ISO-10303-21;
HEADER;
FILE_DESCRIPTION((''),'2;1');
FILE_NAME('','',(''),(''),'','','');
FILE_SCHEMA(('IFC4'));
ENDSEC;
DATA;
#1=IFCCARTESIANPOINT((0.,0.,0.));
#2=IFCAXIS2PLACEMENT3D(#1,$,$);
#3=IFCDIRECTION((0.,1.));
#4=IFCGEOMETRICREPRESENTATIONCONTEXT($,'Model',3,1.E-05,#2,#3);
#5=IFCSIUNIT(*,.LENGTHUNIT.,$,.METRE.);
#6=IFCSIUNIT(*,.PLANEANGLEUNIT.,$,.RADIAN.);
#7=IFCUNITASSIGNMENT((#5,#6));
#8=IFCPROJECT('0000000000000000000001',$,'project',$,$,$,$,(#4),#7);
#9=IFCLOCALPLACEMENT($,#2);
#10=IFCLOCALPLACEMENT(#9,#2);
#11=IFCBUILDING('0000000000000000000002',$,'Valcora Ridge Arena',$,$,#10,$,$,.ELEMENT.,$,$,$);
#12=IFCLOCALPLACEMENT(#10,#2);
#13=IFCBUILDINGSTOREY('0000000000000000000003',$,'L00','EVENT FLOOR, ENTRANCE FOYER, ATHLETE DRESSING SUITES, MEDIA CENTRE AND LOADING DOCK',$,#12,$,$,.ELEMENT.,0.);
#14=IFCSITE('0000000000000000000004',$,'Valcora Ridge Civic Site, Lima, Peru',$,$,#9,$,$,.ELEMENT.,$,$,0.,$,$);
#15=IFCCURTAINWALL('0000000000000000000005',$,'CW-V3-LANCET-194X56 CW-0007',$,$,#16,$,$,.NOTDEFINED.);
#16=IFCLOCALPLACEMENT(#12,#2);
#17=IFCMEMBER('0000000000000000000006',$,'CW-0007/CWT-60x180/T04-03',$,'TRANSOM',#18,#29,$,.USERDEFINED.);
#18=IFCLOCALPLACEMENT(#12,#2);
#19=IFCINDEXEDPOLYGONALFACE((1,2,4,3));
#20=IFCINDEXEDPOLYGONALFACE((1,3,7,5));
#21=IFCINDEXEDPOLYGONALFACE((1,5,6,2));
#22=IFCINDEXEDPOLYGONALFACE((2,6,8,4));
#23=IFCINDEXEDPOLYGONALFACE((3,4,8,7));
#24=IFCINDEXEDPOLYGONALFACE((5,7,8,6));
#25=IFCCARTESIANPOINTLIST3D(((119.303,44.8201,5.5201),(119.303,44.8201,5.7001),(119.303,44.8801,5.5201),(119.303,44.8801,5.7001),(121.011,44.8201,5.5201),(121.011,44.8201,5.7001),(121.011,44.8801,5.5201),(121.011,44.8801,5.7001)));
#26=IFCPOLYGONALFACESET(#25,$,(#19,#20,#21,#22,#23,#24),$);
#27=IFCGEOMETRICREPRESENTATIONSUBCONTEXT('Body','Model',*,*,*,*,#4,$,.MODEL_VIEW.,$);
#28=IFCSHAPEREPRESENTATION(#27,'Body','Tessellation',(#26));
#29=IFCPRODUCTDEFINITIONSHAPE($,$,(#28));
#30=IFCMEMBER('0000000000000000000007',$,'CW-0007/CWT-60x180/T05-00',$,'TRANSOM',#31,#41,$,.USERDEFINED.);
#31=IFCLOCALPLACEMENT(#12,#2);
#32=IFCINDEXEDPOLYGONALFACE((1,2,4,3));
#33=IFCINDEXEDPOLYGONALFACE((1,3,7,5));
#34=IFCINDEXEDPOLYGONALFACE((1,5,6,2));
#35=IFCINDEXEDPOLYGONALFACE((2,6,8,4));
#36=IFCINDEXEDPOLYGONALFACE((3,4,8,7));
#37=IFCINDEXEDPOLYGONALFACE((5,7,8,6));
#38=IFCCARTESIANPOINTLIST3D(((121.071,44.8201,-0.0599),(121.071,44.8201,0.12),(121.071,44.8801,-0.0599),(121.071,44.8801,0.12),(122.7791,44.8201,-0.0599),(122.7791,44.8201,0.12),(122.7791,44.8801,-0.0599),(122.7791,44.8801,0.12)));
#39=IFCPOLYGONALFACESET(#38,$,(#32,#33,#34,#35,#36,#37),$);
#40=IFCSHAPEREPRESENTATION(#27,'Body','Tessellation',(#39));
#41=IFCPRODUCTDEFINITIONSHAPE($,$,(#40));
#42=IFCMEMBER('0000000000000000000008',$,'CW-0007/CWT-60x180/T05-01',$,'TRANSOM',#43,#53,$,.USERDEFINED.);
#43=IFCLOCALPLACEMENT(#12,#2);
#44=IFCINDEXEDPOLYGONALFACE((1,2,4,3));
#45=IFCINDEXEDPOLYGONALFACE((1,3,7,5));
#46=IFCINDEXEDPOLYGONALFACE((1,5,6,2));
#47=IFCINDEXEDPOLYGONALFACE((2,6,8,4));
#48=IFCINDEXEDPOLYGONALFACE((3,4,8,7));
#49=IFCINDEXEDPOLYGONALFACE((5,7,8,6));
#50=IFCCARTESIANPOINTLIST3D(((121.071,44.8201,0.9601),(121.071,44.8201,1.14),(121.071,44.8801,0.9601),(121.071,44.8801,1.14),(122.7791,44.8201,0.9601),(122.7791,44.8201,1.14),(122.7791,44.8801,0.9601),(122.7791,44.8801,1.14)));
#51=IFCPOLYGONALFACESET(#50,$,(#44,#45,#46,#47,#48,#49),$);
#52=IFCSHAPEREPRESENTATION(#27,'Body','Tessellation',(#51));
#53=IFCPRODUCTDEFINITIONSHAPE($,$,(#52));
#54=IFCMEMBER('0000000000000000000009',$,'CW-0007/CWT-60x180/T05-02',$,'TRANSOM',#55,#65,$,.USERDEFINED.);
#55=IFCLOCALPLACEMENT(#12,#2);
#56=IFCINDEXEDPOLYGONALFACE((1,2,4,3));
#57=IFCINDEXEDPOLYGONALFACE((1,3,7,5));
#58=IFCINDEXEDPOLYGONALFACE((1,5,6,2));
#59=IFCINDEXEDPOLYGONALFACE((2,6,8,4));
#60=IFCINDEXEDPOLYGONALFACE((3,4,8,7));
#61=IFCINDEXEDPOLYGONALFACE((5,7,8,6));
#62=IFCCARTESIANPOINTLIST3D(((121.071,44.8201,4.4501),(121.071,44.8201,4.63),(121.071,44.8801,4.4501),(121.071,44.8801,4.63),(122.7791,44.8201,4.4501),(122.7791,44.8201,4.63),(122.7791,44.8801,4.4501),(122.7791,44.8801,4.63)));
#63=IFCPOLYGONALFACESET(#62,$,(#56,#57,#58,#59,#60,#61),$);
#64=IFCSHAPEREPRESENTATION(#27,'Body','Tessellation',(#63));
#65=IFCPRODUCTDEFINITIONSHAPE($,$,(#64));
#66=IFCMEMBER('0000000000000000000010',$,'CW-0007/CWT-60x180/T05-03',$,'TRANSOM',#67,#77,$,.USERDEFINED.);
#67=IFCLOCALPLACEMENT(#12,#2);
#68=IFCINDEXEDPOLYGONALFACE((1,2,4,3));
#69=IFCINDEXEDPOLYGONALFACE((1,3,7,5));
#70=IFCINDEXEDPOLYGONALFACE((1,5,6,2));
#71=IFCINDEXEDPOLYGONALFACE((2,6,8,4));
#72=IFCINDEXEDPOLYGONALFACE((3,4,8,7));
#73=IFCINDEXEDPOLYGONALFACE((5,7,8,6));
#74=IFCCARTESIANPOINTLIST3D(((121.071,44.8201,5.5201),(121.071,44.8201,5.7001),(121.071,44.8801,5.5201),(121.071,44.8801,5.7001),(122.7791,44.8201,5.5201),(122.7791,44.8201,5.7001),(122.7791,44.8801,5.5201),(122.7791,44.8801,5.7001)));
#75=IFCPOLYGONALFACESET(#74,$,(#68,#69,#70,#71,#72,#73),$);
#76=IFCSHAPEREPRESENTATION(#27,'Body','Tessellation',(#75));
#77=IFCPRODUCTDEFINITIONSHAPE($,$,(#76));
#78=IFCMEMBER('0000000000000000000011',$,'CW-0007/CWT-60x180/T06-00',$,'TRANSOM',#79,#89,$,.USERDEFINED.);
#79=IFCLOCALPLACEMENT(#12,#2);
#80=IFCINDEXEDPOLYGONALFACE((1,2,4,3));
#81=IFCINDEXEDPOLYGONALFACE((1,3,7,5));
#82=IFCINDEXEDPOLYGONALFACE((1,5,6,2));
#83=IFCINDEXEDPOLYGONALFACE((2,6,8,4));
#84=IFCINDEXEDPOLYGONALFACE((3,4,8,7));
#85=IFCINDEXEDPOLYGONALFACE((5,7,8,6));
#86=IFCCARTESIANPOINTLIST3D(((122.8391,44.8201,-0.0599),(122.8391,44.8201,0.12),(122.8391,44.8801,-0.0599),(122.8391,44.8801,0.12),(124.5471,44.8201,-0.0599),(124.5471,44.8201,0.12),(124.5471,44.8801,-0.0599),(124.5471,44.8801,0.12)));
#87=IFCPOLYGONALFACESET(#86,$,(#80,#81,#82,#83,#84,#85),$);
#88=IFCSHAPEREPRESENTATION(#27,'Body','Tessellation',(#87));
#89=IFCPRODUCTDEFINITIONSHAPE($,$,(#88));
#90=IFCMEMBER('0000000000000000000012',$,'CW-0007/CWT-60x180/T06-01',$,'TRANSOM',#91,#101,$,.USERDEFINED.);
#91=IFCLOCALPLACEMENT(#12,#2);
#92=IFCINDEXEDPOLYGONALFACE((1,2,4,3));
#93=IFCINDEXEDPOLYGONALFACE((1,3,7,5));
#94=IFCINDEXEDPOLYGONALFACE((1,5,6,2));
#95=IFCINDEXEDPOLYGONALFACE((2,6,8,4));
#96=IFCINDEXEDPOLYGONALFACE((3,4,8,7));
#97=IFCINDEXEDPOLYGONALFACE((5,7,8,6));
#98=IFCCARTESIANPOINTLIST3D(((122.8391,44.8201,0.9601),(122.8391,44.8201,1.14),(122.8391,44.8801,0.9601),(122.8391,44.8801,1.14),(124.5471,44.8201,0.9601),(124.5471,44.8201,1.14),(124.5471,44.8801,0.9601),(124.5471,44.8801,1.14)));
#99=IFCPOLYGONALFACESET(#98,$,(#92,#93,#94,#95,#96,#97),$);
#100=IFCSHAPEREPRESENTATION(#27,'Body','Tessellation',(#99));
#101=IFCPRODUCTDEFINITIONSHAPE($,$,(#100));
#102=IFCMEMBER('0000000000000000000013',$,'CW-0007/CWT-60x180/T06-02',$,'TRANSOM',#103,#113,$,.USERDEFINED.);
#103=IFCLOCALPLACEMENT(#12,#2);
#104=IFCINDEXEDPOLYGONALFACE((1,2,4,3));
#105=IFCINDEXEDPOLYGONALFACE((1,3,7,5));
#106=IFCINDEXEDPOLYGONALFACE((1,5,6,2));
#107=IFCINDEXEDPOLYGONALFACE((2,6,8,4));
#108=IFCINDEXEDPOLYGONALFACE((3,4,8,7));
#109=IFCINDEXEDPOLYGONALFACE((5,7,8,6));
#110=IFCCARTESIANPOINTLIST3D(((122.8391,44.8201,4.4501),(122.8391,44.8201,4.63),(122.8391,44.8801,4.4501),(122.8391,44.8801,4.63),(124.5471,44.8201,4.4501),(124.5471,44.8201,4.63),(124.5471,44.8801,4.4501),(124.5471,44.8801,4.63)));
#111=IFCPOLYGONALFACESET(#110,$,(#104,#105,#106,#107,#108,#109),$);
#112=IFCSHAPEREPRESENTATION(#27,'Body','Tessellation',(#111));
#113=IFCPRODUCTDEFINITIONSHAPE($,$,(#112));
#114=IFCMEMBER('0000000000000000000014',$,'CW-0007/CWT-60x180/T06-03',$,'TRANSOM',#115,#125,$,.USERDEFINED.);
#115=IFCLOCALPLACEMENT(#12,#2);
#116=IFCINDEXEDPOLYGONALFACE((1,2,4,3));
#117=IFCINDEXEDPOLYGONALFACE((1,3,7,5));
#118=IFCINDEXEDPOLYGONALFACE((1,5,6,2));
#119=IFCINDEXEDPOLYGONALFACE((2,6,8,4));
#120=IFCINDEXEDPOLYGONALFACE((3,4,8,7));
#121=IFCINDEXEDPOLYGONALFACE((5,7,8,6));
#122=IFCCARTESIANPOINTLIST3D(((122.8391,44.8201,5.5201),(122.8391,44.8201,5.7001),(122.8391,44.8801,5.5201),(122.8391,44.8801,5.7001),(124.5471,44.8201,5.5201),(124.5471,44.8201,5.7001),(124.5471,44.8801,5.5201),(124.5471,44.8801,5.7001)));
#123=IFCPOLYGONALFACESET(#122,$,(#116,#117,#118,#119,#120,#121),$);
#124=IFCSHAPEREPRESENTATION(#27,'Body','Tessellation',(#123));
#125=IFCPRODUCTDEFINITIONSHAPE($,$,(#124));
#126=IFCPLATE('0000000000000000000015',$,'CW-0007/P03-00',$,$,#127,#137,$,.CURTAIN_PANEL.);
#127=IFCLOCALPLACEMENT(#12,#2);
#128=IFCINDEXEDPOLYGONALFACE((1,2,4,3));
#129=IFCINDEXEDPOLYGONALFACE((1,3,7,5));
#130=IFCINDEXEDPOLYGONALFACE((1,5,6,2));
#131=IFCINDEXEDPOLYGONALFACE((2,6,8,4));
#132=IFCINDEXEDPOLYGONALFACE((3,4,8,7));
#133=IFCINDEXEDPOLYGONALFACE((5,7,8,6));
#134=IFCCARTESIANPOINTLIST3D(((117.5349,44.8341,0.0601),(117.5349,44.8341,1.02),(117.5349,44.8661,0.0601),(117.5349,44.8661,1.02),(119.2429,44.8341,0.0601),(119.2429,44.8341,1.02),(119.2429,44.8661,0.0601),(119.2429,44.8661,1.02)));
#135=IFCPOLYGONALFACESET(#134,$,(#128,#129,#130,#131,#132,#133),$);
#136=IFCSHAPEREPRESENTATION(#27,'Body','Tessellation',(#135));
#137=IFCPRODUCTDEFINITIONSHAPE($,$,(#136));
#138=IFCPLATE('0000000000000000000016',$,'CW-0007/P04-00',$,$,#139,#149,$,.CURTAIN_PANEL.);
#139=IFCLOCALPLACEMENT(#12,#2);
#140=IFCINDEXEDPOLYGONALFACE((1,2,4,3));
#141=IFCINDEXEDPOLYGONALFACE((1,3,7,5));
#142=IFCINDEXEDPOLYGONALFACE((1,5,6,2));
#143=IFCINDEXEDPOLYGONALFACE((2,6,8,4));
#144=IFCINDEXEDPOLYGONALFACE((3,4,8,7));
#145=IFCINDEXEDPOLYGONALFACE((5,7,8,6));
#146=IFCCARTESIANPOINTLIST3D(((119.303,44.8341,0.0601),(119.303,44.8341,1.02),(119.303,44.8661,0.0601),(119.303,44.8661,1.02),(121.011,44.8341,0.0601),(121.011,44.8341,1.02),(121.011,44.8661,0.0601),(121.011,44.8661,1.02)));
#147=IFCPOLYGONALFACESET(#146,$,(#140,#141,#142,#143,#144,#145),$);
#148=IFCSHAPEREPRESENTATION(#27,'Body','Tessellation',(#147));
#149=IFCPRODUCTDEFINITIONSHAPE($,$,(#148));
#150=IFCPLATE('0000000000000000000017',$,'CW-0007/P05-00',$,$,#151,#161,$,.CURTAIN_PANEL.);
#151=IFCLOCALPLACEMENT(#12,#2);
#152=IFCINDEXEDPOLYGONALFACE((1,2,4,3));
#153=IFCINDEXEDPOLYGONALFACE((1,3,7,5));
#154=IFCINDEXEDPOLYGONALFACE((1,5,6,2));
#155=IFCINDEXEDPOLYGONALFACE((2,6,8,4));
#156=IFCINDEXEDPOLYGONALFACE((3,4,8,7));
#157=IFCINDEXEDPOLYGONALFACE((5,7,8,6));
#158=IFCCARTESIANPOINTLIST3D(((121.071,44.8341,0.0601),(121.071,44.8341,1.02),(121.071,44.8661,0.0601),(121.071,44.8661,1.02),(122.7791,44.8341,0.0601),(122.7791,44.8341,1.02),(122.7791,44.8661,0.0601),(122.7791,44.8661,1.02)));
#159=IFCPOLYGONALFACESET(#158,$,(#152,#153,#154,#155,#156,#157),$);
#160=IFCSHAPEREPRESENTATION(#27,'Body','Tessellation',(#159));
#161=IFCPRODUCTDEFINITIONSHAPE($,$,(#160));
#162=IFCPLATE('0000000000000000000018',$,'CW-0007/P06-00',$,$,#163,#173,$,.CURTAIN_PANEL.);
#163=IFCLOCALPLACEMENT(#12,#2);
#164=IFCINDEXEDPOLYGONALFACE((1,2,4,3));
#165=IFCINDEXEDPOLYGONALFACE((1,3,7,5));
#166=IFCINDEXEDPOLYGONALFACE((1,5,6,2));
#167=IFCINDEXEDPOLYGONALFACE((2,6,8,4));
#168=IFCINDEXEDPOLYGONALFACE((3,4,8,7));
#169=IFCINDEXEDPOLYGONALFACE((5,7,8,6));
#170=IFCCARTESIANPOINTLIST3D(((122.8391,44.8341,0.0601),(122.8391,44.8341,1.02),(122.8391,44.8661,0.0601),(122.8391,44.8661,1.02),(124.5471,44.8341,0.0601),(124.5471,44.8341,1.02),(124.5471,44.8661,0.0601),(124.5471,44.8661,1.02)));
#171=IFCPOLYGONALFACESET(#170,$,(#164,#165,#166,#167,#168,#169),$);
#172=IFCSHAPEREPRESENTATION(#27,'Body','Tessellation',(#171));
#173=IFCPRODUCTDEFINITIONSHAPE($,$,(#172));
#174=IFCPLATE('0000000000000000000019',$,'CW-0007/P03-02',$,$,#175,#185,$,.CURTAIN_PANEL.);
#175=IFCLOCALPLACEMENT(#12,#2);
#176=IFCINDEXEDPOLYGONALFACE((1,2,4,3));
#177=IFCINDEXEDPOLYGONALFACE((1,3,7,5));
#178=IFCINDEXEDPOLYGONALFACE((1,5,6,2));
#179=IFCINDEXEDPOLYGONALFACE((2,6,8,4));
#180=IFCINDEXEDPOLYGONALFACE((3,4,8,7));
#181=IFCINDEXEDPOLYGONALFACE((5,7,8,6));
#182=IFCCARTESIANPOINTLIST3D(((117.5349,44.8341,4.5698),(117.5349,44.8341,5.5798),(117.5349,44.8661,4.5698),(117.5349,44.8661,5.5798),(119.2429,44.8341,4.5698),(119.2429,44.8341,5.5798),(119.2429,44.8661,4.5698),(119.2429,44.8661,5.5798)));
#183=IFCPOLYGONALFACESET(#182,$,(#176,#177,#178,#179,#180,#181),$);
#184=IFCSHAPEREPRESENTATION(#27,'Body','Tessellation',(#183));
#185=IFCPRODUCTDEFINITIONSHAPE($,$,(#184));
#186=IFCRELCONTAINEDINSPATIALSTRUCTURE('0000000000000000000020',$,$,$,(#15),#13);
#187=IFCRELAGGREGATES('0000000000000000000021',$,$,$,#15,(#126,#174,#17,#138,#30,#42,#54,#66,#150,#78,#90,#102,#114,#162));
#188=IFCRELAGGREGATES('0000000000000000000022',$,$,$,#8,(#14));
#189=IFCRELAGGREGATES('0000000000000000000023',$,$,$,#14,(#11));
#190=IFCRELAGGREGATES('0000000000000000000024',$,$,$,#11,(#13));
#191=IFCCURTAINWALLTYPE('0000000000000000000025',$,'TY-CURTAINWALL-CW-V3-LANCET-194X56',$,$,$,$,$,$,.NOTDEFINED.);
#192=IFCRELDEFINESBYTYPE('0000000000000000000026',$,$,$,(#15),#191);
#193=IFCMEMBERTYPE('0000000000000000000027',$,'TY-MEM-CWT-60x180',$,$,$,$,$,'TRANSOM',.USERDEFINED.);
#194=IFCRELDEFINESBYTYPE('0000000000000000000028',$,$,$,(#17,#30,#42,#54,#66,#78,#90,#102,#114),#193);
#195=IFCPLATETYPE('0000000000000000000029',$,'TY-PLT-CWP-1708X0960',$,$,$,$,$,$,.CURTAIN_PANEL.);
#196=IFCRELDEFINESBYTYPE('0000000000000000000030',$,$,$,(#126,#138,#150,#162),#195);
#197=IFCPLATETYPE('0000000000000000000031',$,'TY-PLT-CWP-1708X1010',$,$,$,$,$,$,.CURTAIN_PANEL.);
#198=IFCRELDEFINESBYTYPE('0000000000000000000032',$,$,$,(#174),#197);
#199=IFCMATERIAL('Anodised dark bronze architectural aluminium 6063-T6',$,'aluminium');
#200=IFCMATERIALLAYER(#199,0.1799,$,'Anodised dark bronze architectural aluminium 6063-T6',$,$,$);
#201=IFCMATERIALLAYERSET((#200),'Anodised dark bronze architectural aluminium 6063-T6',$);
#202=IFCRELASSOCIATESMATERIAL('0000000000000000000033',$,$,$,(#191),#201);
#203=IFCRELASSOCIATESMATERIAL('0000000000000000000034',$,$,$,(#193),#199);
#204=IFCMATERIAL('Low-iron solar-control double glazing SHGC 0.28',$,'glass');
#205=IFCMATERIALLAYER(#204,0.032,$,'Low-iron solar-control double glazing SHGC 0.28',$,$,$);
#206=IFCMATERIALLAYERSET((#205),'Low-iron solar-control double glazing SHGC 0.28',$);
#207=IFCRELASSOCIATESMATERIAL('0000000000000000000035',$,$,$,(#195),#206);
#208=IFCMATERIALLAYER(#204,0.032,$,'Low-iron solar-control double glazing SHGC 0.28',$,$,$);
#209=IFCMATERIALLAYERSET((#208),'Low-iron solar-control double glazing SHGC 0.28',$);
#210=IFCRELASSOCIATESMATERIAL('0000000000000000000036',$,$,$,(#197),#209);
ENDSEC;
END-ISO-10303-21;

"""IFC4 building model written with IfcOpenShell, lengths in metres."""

from ifc_helpers import new_model, si_unit, direction, frame, origin, origin_2d, place, context, subcontext, project, spatial, rectangle, extrude, material, layer, layer_set, material_profile, profile_set, type_object, element, aggregate, save


model = new_model("IFC4")

# Units and contexts
model_context = context("Model", 3, precision=1e-05, world=origin(), true_north=direction((0.0, 1.0)))
body_context = subcontext(model_context, "Body", "Model", "MODEL_VIEW")
ifc_project = project(units=[si_unit("LENGTHUNIT", "METRE"), si_unit("PLANEANGLEUNIT", "RADIAN")], contexts=[model_context])

# Site, building, storey
site_placement = place(None, origin())
site = spatial("IfcSite", under=ifc_project, at=site_placement, Name="Valcora Ridge Civic Site, Lima, Peru", CompositionType="ELEMENT", RefElevation=0.0)
building_placement = place(site_placement, origin())
building = spatial("IfcBuilding", under=site, at=building_placement, Name="Valcora Ridge Arena", CompositionType="ELEMENT")
storey_placement = place(building_placement, origin())
storey = spatial("IfcBuildingStorey", under=building, at=storey_placement, Name="L00", Description="EVENT FLOOR, ENTRANCE FOYER, ATHLETE DRESSING SUITES, MEDIA CENTRE AND LOADING DOCK", CompositionType="ELEMENT", Elevation=0.0)

# Curtain wall, members, plates
ifc_material_1 = material(Name="Anodised dark bronze architectural aluminium 6063-T6", Category="aluminium")
ifc_layer_1 = layer(ifc_material_1, 0.1799, Name="Anodised dark bronze architectural aluminium 6063-T6")
ifc_layer_set_1 = layer_set([ifc_layer_1], Name="Anodised dark bronze architectural aluminium 6063-T6")
curtain_wall_type = type_object("IfcCurtainWallType", Name="TY-CURTAINWALL-CW-V3-LANCET-194X56", PredefinedType="NOTDEFINED", material=ifc_layer_set_1)
curtain_wall_placement = place(storey_placement, origin())
curtain_wall = element("IfcCurtainWall", 1, at=curtain_wall_placement, inside=storey, type_object=curtain_wall_type, Name="CW-V3-LANCET-194X56 CW-0007", PredefinedType="NOTDEFINED")
ifc_material_profile_1 = material_profile(ifc_material_1, rectangle(XDim=0.0601, YDim=0.1799, at=origin_2d()), Name="ALU TRANSOM 60x180")
ifc_profile_set_1 = profile_set([ifc_material_profile_1], Name="Anodised dark bronze architectural aluminium 6063-T6")
member_type_1 = type_object("IfcMemberType", Name="TY-MEM-CWT-60x180", ElementType="TRANSOM", PredefinedType="USERDEFINED", material=ifc_profile_set_1)
member_1_placement = place(storey_placement, frame((119.303, 44.8501, 5.6101), z_axis=(1.0, 0.0, 0.0), x_axis=(0.0, 1.0, 0.0)))
member_1 = element("IfcMember", 2, at=member_1_placement, type_object=member_type_1, Name="CW-0007/CWT-60x180/T04-03", ObjectType="TRANSOM", PredefinedType="USERDEFINED", context=body_context, shape_type="SweptSolid", body=[
    extrude(rectangle(XDim=0.0601, YDim=0.1799, at=origin_2d()), origin(), (0.0, 0.0, 1.0), 1.708),
])
member_2_placement = place(storey_placement, frame((121.071, 44.8501, 0.03), z_axis=(1.0, 0.0, 0.0), x_axis=(0.0, 1.0, 0.0)))
member_2 = element("IfcMember", 3, at=member_2_placement, type_object=member_type_1, Name="CW-0007/CWT-60x180/T05-00", ObjectType="TRANSOM", PredefinedType="USERDEFINED", context=body_context, shape_type="SweptSolid", body=[
    extrude(rectangle(XDim=0.0601, YDim=0.1799, at=origin_2d()), origin(), (0.0, 0.0, 1.0), 1.708),
])
member_3_placement = place(storey_placement, frame((121.071, 44.8501, 1.05), z_axis=(1.0, 0.0, 0.0), x_axis=(0.0, 1.0, 0.0)))
member_3 = element("IfcMember", 4, at=member_3_placement, type_object=member_type_1, Name="CW-0007/CWT-60x180/T05-01", ObjectType="TRANSOM", PredefinedType="USERDEFINED", context=body_context, shape_type="SweptSolid", body=[
    extrude(rectangle(XDim=0.0601, YDim=0.1799, at=origin_2d()), origin(), (0.0, 0.0, 1.0), 1.708),
])
member_4_placement = place(storey_placement, frame((121.071, 44.8501, 4.54), z_axis=(1.0, 0.0, 0.0), x_axis=(0.0, 1.0, 0.0)))
member_4 = element("IfcMember", 5, at=member_4_placement, type_object=member_type_1, Name="CW-0007/CWT-60x180/T05-02", ObjectType="TRANSOM", PredefinedType="USERDEFINED", context=body_context, shape_type="SweptSolid", body=[
    extrude(rectangle(XDim=0.0601, YDim=0.1799, at=origin_2d()), origin(), (0.0, 0.0, 1.0), 1.708),
])
member_5_placement = place(storey_placement, frame((121.071, 44.8501, 5.6101), z_axis=(1.0, 0.0, 0.0), x_axis=(0.0, 1.0, 0.0)))
member_5 = element("IfcMember", 6, at=member_5_placement, type_object=member_type_1, Name="CW-0007/CWT-60x180/T05-03", ObjectType="TRANSOM", PredefinedType="USERDEFINED", context=body_context, shape_type="SweptSolid", body=[
    extrude(rectangle(XDim=0.0601, YDim=0.1799, at=origin_2d()), origin(), (0.0, 0.0, 1.0), 1.708),
])
member_6_placement = place(storey_placement, frame((122.8391, 44.8501, 0.03), z_axis=(1.0, 0.0, 0.0), x_axis=(0.0, 1.0, 0.0)))
member_6 = element("IfcMember", 7, at=member_6_placement, type_object=member_type_1, Name="CW-0007/CWT-60x180/T06-00", ObjectType="TRANSOM", PredefinedType="USERDEFINED", context=body_context, shape_type="SweptSolid", body=[
    extrude(rectangle(XDim=0.0601, YDim=0.1799, at=origin_2d()), origin(), (0.0, 0.0, 1.0), 1.708),
])
member_7_placement = place(storey_placement, frame((122.8391, 44.8501, 1.05), z_axis=(1.0, 0.0, 0.0), x_axis=(0.0, 1.0, 0.0)))
member_7 = element("IfcMember", 8, at=member_7_placement, type_object=member_type_1, Name="CW-0007/CWT-60x180/T06-01", ObjectType="TRANSOM", PredefinedType="USERDEFINED", context=body_context, shape_type="SweptSolid", body=[
    extrude(rectangle(XDim=0.0601, YDim=0.1799, at=origin_2d()), origin(), (0.0, 0.0, 1.0), 1.708),
])
member_8_placement = place(storey_placement, frame((122.8391, 44.8501, 4.54), z_axis=(1.0, 0.0, 0.0), x_axis=(0.0, 1.0, 0.0)))
member_8 = element("IfcMember", 9, at=member_8_placement, type_object=member_type_1, Name="CW-0007/CWT-60x180/T06-02", ObjectType="TRANSOM", PredefinedType="USERDEFINED", context=body_context, shape_type="SweptSolid", body=[
    extrude(rectangle(XDim=0.0601, YDim=0.1799, at=origin_2d()), origin(), (0.0, 0.0, 1.0), 1.708),
])
member_9_placement = place(storey_placement, frame((122.8391, 44.8501, 5.6101), z_axis=(1.0, 0.0, 0.0), x_axis=(0.0, 1.0, 0.0)))
member_9 = element("IfcMember", 10, at=member_9_placement, type_object=member_type_1, Name="CW-0007/CWT-60x180/T06-03", ObjectType="TRANSOM", PredefinedType="USERDEFINED", context=body_context, shape_type="SweptSolid", body=[
    extrude(rectangle(XDim=0.0601, YDim=0.1799, at=origin_2d()), origin(), (0.0, 0.0, 1.0), 1.708),
])
ifc_material_2 = material(Name="Low-iron solar-control double glazing SHGC 0.28", Category="glass")
ifc_layer_2 = layer(ifc_material_2, 0.032, Name="Low-iron solar-control double glazing SHGC 0.28")
ifc_layer_set_2 = layer_set([ifc_layer_2], Name="Low-iron solar-control double glazing SHGC 0.28")
plate_type_1 = type_object("IfcPlateType", Name="TY-PLT-CWP-1708X0960", PredefinedType="CURTAIN_PANEL", material=ifc_layer_set_2)
plate_1_placement = place(storey_placement, frame((118.3889, 44.8501, 0.0601), z_axis=(0.0, 0.0, 1.0), x_axis=(1.0, 0.0, 0.0)))
plate_1 = element("IfcPlate", 11, at=plate_1_placement, type_object=plate_type_1, Name="CW-0007/P03-00", PredefinedType="CURTAIN_PANEL", context=body_context, shape_type="SweptSolid", body=[
    extrude(rectangle(XDim=1.708, YDim=0.032, at=origin_2d()), origin(), (0.0, 0.0, 1.0), 0.96),
])
plate_2_placement = place(storey_placement, frame((120.157, 44.8501, 0.0601), z_axis=(0.0, 0.0, 1.0), x_axis=(1.0, 0.0, 0.0)))
plate_2 = element("IfcPlate", 12, at=plate_2_placement, type_object=plate_type_1, Name="CW-0007/P04-00", PredefinedType="CURTAIN_PANEL", context=body_context, shape_type="SweptSolid", body=[
    extrude(rectangle(XDim=1.708, YDim=0.032, at=origin_2d()), origin(), (0.0, 0.0, 1.0), 0.96),
])
plate_3_placement = place(storey_placement, frame((121.925, 44.8501, 0.0601), z_axis=(0.0, 0.0, 1.0), x_axis=(1.0, 0.0, 0.0)))
plate_3 = element("IfcPlate", 13, at=plate_3_placement, type_object=plate_type_1, Name="CW-0007/P05-00", PredefinedType="CURTAIN_PANEL", context=body_context, shape_type="SweptSolid", body=[
    extrude(rectangle(XDim=1.708, YDim=0.032, at=origin_2d()), origin(), (0.0, 0.0, 1.0), 0.96),
])
plate_4_placement = place(storey_placement, frame((123.6931, 44.8501, 0.0601), z_axis=(0.0, 0.0, 1.0), x_axis=(1.0, 0.0, 0.0)))
plate_4 = element("IfcPlate", 14, at=plate_4_placement, type_object=plate_type_1, Name="CW-0007/P06-00", PredefinedType="CURTAIN_PANEL", context=body_context, shape_type="SweptSolid", body=[
    extrude(rectangle(XDim=1.708, YDim=0.032, at=origin_2d()), origin(), (0.0, 0.0, 1.0), 0.96),
])
ifc_layer_3 = layer(ifc_material_2, 0.032, Name="Low-iron solar-control double glazing SHGC 0.28")
ifc_layer_set_3 = layer_set([ifc_layer_3], Name="Low-iron solar-control double glazing SHGC 0.28")
plate_type_2 = type_object("IfcPlateType", Name="TY-PLT-CWP-1708X1010", PredefinedType="CURTAIN_PANEL", material=ifc_layer_set_3)
plate_5_placement = place(storey_placement, frame((118.3889, 44.8501, 4.5698), z_axis=(0.0, 0.0, 1.0), x_axis=(1.0, 0.0, 0.0)))
plate_5 = element("IfcPlate", 15, at=plate_5_placement, type_object=plate_type_2, Name="CW-0007/P03-02", PredefinedType="CURTAIN_PANEL", context=body_context, shape_type="SweptSolid", body=[
    extrude(rectangle(XDim=1.708, YDim=0.032, at=origin_2d()), origin(), (0.0, 0.0, 1.0), 1.01),
])
aggregate(curtain_wall, [plate_1, plate_5, member_1, plate_2, member_2, member_3, member_4, member_5, plate_3, member_6, member_7, member_8, member_9, plate_4])

save(model, "model.ifc")
